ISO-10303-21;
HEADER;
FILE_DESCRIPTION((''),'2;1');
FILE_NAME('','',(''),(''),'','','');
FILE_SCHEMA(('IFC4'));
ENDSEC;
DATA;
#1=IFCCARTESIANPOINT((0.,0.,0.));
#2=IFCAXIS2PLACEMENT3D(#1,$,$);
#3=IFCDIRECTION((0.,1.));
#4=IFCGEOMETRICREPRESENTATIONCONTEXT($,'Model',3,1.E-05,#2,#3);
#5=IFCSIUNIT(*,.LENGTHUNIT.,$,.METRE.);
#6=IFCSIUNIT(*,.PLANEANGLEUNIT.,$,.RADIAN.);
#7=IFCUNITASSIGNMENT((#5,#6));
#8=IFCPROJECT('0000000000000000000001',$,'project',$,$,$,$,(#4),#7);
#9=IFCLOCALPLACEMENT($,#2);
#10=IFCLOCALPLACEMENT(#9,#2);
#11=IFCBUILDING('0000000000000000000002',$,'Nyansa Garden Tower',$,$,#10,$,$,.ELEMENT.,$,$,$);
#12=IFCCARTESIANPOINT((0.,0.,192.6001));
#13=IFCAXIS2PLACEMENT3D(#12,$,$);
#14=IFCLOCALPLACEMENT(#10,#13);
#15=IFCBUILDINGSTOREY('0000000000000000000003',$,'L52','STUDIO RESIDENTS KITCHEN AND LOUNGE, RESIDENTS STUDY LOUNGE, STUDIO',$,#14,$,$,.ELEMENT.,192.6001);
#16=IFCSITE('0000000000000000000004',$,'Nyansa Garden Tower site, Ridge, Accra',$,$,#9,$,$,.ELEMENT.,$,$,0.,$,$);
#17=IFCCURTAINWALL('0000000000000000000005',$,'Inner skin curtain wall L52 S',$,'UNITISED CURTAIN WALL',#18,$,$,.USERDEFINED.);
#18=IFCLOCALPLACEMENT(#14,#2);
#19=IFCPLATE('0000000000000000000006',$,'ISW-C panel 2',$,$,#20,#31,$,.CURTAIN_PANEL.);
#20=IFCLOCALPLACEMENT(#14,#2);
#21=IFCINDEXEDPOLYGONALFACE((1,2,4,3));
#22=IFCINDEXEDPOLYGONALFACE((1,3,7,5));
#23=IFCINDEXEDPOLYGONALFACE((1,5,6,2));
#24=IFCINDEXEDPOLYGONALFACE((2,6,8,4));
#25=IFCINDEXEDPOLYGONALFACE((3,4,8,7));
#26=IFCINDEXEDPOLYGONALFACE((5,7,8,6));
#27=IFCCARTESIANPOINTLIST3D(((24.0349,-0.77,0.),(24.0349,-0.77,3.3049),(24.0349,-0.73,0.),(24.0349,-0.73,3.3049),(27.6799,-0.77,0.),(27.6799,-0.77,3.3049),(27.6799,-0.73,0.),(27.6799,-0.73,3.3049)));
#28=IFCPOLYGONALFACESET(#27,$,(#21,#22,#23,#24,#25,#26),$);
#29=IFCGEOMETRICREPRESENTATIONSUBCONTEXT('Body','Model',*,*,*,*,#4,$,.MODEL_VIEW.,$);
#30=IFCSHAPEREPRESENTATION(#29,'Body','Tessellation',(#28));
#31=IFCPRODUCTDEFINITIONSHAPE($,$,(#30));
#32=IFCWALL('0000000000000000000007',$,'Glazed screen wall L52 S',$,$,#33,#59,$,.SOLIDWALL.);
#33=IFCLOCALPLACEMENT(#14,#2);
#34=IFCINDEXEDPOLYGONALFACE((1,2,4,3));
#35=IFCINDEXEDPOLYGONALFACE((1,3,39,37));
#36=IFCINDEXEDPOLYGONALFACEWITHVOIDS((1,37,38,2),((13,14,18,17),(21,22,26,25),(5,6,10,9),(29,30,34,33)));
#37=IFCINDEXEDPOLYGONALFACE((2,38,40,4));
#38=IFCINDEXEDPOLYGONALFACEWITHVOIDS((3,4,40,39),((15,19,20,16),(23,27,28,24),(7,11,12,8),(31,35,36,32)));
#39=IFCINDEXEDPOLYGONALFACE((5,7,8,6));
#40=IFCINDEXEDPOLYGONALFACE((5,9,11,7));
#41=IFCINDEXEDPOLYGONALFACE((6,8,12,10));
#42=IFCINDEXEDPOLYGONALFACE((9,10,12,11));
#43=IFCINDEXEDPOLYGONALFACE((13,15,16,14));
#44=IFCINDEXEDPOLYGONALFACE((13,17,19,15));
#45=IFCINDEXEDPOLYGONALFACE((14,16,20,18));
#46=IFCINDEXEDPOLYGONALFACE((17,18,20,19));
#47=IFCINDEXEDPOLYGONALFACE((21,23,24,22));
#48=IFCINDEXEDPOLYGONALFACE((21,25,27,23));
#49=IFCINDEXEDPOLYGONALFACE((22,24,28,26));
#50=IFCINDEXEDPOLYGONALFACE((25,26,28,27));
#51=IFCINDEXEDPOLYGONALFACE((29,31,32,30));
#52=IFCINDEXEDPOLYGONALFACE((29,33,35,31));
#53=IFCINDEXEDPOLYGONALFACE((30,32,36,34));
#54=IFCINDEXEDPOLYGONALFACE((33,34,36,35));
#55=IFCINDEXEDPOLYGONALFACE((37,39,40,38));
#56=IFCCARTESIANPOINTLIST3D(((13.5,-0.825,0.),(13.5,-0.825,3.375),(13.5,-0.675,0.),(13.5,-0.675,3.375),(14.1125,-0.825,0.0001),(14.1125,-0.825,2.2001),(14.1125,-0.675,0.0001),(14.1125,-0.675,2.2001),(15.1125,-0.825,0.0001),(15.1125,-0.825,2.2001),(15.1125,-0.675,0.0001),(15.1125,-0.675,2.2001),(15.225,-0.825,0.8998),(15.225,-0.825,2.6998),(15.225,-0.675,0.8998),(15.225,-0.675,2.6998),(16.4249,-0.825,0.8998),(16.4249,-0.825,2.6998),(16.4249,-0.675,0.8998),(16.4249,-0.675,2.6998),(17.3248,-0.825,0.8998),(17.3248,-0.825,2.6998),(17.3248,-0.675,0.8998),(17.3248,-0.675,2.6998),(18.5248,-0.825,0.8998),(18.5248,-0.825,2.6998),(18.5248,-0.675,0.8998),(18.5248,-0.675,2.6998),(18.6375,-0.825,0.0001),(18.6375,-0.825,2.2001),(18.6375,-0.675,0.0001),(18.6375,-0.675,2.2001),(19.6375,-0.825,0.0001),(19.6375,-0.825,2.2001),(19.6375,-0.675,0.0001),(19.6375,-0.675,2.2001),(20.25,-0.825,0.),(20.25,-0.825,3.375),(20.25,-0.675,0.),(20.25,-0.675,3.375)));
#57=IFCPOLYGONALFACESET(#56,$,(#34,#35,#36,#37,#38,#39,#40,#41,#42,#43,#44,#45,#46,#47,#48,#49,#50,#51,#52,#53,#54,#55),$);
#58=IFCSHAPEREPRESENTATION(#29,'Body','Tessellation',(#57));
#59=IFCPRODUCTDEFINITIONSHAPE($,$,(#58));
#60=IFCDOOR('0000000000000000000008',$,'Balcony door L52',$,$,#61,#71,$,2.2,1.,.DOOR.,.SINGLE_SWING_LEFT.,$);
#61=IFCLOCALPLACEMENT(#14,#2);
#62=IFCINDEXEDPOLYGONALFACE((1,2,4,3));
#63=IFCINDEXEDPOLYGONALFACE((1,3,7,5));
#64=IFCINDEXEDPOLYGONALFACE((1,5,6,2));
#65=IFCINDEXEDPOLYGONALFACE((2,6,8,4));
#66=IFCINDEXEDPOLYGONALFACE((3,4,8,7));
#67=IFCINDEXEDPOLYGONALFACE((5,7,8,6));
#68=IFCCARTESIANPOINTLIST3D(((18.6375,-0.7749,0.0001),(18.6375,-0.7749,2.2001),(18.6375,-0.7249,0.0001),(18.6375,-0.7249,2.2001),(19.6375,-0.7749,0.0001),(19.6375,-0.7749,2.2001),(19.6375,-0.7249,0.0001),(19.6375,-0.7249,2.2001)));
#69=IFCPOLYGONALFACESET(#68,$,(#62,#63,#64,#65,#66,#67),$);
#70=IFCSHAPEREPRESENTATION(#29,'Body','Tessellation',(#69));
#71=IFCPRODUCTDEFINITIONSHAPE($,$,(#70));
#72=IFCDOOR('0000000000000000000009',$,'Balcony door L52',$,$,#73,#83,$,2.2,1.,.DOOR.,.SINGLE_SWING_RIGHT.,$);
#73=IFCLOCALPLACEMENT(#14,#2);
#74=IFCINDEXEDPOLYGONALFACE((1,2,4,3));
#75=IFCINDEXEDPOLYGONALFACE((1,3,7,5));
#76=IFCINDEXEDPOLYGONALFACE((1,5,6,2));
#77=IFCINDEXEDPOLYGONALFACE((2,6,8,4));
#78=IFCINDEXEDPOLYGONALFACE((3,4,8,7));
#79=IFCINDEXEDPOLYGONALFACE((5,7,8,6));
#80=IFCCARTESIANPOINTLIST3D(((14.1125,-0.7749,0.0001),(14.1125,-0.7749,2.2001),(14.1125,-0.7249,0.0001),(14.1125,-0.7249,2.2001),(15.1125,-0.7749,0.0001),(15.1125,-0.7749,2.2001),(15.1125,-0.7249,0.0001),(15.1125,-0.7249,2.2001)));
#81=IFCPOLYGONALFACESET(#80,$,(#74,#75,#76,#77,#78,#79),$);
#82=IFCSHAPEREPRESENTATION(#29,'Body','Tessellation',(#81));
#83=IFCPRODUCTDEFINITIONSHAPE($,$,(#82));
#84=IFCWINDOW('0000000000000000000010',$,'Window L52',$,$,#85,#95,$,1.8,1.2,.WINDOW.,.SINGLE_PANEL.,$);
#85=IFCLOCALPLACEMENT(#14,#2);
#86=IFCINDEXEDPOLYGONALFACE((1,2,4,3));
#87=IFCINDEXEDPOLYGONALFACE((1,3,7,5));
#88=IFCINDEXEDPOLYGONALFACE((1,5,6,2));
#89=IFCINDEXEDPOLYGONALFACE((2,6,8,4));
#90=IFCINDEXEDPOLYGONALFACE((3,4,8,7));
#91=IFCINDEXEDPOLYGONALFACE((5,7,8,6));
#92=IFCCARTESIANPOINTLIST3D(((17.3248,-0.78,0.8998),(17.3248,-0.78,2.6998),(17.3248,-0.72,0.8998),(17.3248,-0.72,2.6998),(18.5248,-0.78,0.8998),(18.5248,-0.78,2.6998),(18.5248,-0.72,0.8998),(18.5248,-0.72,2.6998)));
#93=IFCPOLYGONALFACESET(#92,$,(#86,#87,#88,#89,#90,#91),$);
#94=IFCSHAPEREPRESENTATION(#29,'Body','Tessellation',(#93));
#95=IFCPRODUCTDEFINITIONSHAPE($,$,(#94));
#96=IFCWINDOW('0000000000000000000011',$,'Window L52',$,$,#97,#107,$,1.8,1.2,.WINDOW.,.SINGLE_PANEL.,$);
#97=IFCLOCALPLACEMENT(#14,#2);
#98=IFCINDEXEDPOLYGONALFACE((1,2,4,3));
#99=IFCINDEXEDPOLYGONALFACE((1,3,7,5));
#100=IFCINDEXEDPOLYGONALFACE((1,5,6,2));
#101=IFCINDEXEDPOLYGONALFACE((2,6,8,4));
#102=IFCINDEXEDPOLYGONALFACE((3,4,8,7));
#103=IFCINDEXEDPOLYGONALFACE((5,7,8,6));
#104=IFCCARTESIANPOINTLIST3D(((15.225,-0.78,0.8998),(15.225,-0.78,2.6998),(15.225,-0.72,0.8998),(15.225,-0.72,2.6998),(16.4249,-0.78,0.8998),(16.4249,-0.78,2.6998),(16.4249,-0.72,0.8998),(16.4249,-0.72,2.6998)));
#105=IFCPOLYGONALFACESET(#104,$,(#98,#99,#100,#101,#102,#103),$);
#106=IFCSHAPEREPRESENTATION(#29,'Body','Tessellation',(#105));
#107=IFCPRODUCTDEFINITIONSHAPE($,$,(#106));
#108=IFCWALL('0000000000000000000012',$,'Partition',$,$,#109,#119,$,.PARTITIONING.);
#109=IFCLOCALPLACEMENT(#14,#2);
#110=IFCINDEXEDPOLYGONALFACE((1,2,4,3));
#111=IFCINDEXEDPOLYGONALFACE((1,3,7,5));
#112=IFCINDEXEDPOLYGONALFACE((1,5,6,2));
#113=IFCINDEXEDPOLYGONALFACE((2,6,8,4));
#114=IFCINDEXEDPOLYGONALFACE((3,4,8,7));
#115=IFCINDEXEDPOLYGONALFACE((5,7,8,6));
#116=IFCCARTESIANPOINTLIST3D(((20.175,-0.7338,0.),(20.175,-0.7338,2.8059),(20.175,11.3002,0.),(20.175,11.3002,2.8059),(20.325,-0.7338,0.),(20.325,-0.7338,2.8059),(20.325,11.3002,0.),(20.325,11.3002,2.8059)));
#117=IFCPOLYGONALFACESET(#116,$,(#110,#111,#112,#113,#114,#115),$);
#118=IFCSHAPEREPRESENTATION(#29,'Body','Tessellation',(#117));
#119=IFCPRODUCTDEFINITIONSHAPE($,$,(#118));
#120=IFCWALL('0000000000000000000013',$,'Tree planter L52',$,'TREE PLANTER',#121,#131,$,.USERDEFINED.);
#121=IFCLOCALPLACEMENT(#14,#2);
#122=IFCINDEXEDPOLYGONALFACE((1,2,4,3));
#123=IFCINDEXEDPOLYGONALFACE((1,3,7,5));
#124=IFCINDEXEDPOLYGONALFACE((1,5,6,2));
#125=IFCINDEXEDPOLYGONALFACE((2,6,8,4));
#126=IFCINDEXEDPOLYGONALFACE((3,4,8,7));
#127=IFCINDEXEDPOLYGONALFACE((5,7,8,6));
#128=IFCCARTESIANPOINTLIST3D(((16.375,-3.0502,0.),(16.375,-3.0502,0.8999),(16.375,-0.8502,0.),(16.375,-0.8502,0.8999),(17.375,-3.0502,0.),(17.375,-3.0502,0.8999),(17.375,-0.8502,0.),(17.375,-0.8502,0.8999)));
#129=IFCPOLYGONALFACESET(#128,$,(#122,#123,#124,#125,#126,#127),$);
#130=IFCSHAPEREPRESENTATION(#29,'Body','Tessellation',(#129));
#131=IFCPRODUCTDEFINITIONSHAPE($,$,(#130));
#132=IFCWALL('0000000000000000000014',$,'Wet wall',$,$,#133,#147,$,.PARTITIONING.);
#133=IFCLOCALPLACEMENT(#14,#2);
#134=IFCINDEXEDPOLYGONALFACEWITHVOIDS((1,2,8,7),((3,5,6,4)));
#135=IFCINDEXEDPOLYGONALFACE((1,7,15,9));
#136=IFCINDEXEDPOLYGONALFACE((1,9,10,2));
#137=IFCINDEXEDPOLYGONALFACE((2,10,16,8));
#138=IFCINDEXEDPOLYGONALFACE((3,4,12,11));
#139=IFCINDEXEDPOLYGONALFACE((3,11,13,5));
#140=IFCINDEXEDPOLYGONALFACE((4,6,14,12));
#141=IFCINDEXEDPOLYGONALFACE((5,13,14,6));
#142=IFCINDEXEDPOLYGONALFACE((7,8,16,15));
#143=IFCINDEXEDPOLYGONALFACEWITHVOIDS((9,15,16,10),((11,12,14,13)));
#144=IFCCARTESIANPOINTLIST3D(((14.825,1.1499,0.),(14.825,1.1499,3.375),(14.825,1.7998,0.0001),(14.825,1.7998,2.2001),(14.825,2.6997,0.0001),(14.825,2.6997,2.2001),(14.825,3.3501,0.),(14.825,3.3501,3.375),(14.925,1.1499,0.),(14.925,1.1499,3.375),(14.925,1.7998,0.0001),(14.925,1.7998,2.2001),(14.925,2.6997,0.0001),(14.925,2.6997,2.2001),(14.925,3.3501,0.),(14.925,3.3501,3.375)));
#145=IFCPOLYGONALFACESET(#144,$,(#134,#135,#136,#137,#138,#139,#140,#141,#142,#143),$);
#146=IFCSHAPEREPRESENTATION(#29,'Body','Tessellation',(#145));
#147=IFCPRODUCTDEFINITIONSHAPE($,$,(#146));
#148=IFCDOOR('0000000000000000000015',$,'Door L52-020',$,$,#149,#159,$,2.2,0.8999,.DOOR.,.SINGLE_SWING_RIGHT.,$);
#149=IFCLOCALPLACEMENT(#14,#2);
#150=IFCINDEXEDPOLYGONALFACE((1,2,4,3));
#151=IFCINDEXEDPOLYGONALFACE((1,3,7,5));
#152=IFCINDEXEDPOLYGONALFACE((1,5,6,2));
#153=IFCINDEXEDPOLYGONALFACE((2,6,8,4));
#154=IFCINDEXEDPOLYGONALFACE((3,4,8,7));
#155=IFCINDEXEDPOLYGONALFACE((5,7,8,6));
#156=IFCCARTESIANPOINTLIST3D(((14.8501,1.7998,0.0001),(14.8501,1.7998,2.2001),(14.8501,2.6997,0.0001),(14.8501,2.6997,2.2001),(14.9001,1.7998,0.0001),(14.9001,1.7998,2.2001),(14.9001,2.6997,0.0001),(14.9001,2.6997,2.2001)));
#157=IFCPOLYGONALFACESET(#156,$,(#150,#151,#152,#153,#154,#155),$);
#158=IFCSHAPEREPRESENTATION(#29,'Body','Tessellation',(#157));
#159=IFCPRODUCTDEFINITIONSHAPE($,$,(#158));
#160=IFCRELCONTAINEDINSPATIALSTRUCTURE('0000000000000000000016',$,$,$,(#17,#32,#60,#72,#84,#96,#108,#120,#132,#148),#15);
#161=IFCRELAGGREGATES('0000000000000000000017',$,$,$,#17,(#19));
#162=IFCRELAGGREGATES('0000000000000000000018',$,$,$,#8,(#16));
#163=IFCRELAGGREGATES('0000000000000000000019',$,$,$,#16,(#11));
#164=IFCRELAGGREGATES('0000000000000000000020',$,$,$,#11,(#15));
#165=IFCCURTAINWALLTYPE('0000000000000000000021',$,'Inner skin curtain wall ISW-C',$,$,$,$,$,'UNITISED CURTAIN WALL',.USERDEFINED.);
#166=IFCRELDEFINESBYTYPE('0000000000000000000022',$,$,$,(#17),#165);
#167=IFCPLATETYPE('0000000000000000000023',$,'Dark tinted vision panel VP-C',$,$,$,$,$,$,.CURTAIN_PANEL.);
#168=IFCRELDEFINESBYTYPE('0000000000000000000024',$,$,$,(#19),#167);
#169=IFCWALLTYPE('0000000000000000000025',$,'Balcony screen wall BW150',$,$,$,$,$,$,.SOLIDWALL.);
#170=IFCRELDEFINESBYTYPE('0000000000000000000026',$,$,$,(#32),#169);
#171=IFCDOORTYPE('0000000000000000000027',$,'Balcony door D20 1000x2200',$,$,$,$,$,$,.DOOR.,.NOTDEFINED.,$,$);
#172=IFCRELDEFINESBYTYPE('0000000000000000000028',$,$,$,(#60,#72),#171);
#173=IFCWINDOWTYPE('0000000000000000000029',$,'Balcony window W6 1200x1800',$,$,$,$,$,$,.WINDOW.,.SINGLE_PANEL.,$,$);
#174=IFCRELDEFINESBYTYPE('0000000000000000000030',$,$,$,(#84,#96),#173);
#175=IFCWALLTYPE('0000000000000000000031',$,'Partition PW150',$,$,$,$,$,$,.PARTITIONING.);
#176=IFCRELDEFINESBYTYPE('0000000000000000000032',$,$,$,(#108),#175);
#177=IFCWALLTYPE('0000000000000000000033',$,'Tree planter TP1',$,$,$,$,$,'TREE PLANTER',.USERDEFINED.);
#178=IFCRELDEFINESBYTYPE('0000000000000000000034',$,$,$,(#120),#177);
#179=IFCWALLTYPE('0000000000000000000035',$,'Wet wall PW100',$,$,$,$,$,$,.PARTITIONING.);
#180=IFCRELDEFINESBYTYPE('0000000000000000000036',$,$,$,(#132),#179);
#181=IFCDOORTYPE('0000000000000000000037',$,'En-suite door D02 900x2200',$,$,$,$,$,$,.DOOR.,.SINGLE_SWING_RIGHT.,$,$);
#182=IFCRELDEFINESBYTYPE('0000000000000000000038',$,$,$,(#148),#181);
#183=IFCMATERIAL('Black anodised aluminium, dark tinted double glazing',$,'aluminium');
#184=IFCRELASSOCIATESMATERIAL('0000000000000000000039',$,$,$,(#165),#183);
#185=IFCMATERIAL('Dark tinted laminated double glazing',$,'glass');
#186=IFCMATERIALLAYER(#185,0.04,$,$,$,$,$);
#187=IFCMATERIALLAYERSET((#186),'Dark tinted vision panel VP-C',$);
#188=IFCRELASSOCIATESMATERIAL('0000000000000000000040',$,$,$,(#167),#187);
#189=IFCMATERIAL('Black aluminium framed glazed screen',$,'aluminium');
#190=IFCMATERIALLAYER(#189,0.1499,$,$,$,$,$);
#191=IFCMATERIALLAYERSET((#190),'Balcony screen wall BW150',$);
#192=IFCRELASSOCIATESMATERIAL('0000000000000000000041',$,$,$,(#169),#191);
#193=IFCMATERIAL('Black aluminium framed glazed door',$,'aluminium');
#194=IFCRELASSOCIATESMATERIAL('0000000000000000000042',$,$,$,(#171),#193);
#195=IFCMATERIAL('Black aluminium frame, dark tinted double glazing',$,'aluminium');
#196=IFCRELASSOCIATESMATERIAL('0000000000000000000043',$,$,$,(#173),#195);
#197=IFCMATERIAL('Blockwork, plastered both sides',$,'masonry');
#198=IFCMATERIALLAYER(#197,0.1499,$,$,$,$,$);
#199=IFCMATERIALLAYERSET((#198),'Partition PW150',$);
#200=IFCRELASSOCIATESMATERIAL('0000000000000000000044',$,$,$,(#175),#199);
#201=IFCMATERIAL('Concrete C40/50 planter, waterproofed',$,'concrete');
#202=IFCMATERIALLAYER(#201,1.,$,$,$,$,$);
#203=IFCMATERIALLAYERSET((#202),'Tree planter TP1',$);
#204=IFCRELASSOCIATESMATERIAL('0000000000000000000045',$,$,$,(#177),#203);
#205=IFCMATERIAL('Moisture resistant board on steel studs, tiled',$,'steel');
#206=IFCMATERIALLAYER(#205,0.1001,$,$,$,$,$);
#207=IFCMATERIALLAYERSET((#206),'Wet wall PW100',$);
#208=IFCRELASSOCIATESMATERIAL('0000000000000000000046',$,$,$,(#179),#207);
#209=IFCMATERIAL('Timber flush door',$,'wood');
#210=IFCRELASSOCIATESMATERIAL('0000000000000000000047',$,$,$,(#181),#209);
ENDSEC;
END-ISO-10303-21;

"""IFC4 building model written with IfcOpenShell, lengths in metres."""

from ifc_helpers import new_model, si_unit, direction, frame, frame_2d, origin, origin_2d, place, context, subcontext, project, spatial, rectangle, extrude, material, layer, layer_set, type_object, element, fill, aggregate, save


model = new_model("IFC4")

# Units and contexts
model_context = context("Model", 3, precision=1e-05, world=origin(), true_north=direction((0.0, 1.0)))
body_context = subcontext(model_context, "Body", "Model", "MODEL_VIEW")
ifc_project = project(units=[si_unit("LENGTHUNIT", "METRE"), si_unit("PLANEANGLEUNIT", "RADIAN")], contexts=[model_context])

# Site, building, storey
site_placement = place(None, origin())
site = spatial("IfcSite", under=ifc_project, at=site_placement, Name="Nyansa Garden Tower site, Ridge, Accra", CompositionType="ELEMENT", RefElevation=0.0)
building_placement = place(site_placement, origin())
building = spatial("IfcBuilding", under=site, at=building_placement, Name="Nyansa Garden Tower", CompositionType="ELEMENT")
storey_placement = place(building_placement, frame((0.0, 0.0, 192.6001)))
storey = spatial("IfcBuildingStorey", under=building, at=storey_placement, Name="L52", Description="STUDIO RESIDENTS KITCHEN AND LOUNGE, RESIDENTS STUDY LOUNGE, STUDIO", CompositionType="ELEMENT", Elevation=192.6001)

# Curtain wall
ifc_material_1 = material(Name="Black anodised aluminium, dark tinted double glazing", Category="aluminium")
curtain_wall_type = type_object("IfcCurtainWallType", Name="Inner skin curtain wall ISW-C", ElementType="UNITISED CURTAIN WALL", PredefinedType="USERDEFINED", material=ifc_material_1)
curtain_wall_placement = place(storey_placement, origin())
curtain_wall = element("IfcCurtainWall", 1, at=curtain_wall_placement, inside=storey, type_object=curtain_wall_type, Name="Inner skin curtain wall L52 S", ObjectType="UNITISED CURTAIN WALL", PredefinedType="USERDEFINED")

# Plate
ifc_material_2 = material(Name="Dark tinted laminated double glazing", Category="glass")
ifc_layer_1 = layer(ifc_material_2, 0.04)
ifc_layer_set_1 = layer_set([ifc_layer_1], Name="Dark tinted vision panel VP-C")
plate_type = type_object("IfcPlateType", Name="Dark tinted vision panel VP-C", PredefinedType="CURTAIN_PANEL", material=ifc_layer_set_1)
plate_1_placement = place(storey_placement, frame((25.8574, -0.75, 0.0), z_axis=(0.0, 0.0, 1.0), x_axis=(1.0, 0.0, 0.0)))
plate_1 = element("IfcPlate", 2, at=plate_1_placement, type_object=plate_type, Name="ISW-C panel 2", PredefinedType="CURTAIN_PANEL", context=body_context, shape_type="SweptSolid", body=[
    extrude(rectangle(XDim=3.645, YDim=0.04, at=origin_2d()), origin(), (0.0, 0.0, 1.0), 3.3049),
])
aggregate(curtain_wall, [plate_1])

# Wall, openings, doors, windows
ifc_material_3 = material(Name="Black aluminium framed glazed screen", Category="aluminium")
ifc_layer_2 = layer(ifc_material_3, 0.1499)
ifc_layer_set_2 = layer_set([ifc_layer_2], Name="Balcony screen wall BW150")
wall_type_1 = type_object("IfcWallType", Name="Balcony screen wall BW150", PredefinedType="SOLIDWALL", material=ifc_layer_set_2)
wall_1_placement = place(storey_placement, frame((20.25, -0.75, 0.0), z_axis=(0.0, 0.0, 1.0), x_axis=(-1.0, 0.0, 0.0)))
wall_1 = element("IfcWall", 3, at=wall_1_placement, inside=storey, type_object=wall_type_1, Name="Glazed screen wall L52 S", PredefinedType="SOLIDWALL", context=body_context, shape_type="SweptSolid", body=[
    extrude(rectangle(XDim=6.75, YDim=0.1499, at=frame_2d((3.375, 0.0))), origin(), (0.0, 0.0, 1.0), 3.375),
])
opening_1_placement = place(wall_1_placement, frame((0.6125, 0.0, 0.0)))
opening_1 = element("IfcOpeningElement", 4, at=opening_1_placement, cuts=wall_1, PredefinedType="OPENING", context=body_context, shape_type="SweptSolid", body=[
    extrude(rectangle(XDim=1.0, YDim=2.2, at=frame_2d((0.5, 1.1001))), frame((0.0, 0.085, 0.0), z_axis=(0.0, -1.0, 0.0), x_axis=(1.0, 0.0, 0.0)), (0.0, 0.0, 1.0), 0.1699),
])
opening_2_placement = place(wall_1_placement, frame((1.7251, 0.0, 0.8999)))
opening_2 = element("IfcOpeningElement", 5, at=opening_2_placement, cuts=wall_1, PredefinedType="OPENING", context=body_context, shape_type="SweptSolid", body=[
    extrude(rectangle(XDim=1.2, YDim=1.8, at=frame_2d((0.6001, 0.8999))), frame((0.0, 0.085, 0.0), z_axis=(0.0, -1.0, 0.0), x_axis=(1.0, 0.0, 0.0)), (0.0, 0.0, 1.0), 0.1699),
])
opening_3_placement = place(wall_1_placement, frame((5.1375, 0.0, 0.0)))
opening_3 = element("IfcOpeningElement", 6, at=opening_3_placement, cuts=wall_1, PredefinedType="OPENING", context=body_context, shape_type="SweptSolid", body=[
    extrude(rectangle(XDim=1.0, YDim=2.2, at=frame_2d((0.5, 1.1001))), frame((0.0, 0.085, 0.0), z_axis=(0.0, -1.0, 0.0), x_axis=(1.0, 0.0, 0.0)), (0.0, 0.0, 1.0), 0.1699),
])
opening_4_placement = place(wall_1_placement, frame((3.825, 0.0, 0.8999)))
opening_4 = element("IfcOpeningElement", 7, at=opening_4_placement, cuts=wall_1, PredefinedType="OPENING", context=body_context, shape_type="SweptSolid", body=[
    extrude(rectangle(XDim=1.2, YDim=1.8, at=frame_2d((0.6001, 0.8999))), frame((0.0, 0.085, 0.0), z_axis=(0.0, -1.0, 0.0), x_axis=(1.0, 0.0, 0.0)), (0.0, 0.0, 1.0), 0.1699),
])
ifc_material_4 = material(Name="Black aluminium framed glazed door", Category="aluminium")
door_type_1 = type_object("IfcDoorType", Name="Balcony door D20 1000x2200", OperationType="NOTDEFINED", PredefinedType="DOOR", material=ifc_material_4)
door_1_placement = place(opening_1_placement, origin())
door_1 = element("IfcDoor", 8, at=door_1_placement, inside=storey, type_object=door_type_1, Name="Balcony door L52", OperationType="SINGLE_SWING_LEFT", OverallHeight=2.2, OverallWidth=1.0, PredefinedType="DOOR", context=body_context, shape_type="SweptSolid", body=[
    extrude(rectangle(XDim=1.0, YDim=2.2, at=frame_2d((0.5, 1.1001))), frame((0.0, 0.0249, 0.0), z_axis=(0.0, -1.0, 0.0), x_axis=(1.0, 0.0, 0.0)), (0.0, 0.0, 1.0), 0.05),
])
fill(opening_1, door_1)
door_2_placement = place(opening_3_placement, origin())
door_2 = element("IfcDoor", 9, at=door_2_placement, inside=storey, type_object=door_type_1, Name="Balcony door L52", OperationType="SINGLE_SWING_RIGHT", OverallHeight=2.2, OverallWidth=1.0, PredefinedType="DOOR", context=body_context, shape_type="SweptSolid", body=[
    extrude(rectangle(XDim=1.0, YDim=2.2, at=frame_2d((0.5, 1.1001))), frame((0.0, 0.0249, 0.0), z_axis=(0.0, -1.0, 0.0), x_axis=(1.0, 0.0, 0.0)), (0.0, 0.0, 1.0), 0.05),
])
fill(opening_3, door_2)
ifc_material_5 = material(Name="Black aluminium frame, dark tinted double glazing", Category="aluminium")
window_type = type_object("IfcWindowType", Name="Balcony window W6 1200x1800", PartitioningType="SINGLE_PANEL", PredefinedType="WINDOW", material=ifc_material_5)
window_1_placement = place(opening_2_placement, origin())
window_1 = element("IfcWindow", 10, at=window_1_placement, inside=storey, type_object=window_type, Name="Window L52", OverallHeight=1.8, OverallWidth=1.2, PartitioningType="SINGLE_PANEL", PredefinedType="WINDOW", context=body_context, shape_type="SweptSolid", body=[
    extrude(rectangle(XDim=1.2, YDim=1.8, at=frame_2d((0.6001, 0.8999))), frame((0.0, 0.03, 0.0), z_axis=(0.0, -1.0, 0.0), x_axis=(1.0, 0.0, 0.0)), (0.0, 0.0, 1.0), 0.0601),
])
fill(opening_2, window_1)
window_2_placement = place(opening_4_placement, origin())
window_2 = element("IfcWindow", 11, at=window_2_placement, inside=storey, type_object=window_type, Name="Window L52", OverallHeight=1.8, OverallWidth=1.2, PartitioningType="SINGLE_PANEL", PredefinedType="WINDOW", context=body_context, shape_type="SweptSolid", body=[
    extrude(rectangle(XDim=1.2, YDim=1.8, at=frame_2d((0.6001, 0.8999))), frame((0.0, 0.03, 0.0), z_axis=(0.0, -1.0, 0.0), x_axis=(1.0, 0.0, 0.0)), (0.0, 0.0, 1.0), 0.0601),
])
fill(opening_4, window_2)

# Walls
ifc_material_6 = material(Name="Blockwork, plastered both sides", Category="masonry")
ifc_layer_3 = layer(ifc_material_6, 0.1499)
ifc_layer_set_3 = layer_set([ifc_layer_3], Name="Partition PW150")
wall_type_2 = type_object("IfcWallType", Name="Partition PW150", PredefinedType="PARTITIONING", material=ifc_layer_set_3)
wall_2_placement = place(storey_placement, frame((20.25, -0.7339, 0.0), z_axis=(0.0, 0.0, 1.0), x_axis=(0.0, 1.0, 0.0)))
element("IfcWall", 12, at=wall_2_placement, inside=storey, type_object=wall_type_2, Name="Partition", PredefinedType="PARTITIONING", context=body_context, shape_type="SweptSolid", body=[
    extrude(rectangle(XDim=12.0339, YDim=0.1499, at=frame_2d((6.0171, 0.0))), origin(), (0.0, 0.0, 1.0), 2.8059),
])
ifc_material_7 = material(Name="Concrete C40/50 planter, waterproofed", Category="concrete")
ifc_layer_4 = layer(ifc_material_7, 1.0)
ifc_layer_set_4 = layer_set([ifc_layer_4], Name="Tree planter TP1")
wall_type_3 = type_object("IfcWallType", Name="Tree planter TP1", ElementType="TREE PLANTER", PredefinedType="USERDEFINED", material=ifc_layer_set_4)
wall_3_placement = place(storey_placement, frame((16.875, -0.8501, 0.0), z_axis=(0.0, 0.0, 1.0), x_axis=(0.0, -1.0, 0.0)))
element("IfcWall", 13, at=wall_3_placement, inside=storey, type_object=wall_type_3, Name="Tree planter L52", ObjectType="TREE PLANTER", PredefinedType="USERDEFINED", context=body_context, shape_type="SweptSolid", body=[
    extrude(rectangle(XDim=2.2, YDim=1.0, at=frame_2d((1.1001, 0.0))), origin(), (0.0, 0.0, 1.0), 0.8999),
])

# Wall, opening, door
ifc_material_8 = material(Name="Moisture resistant board on steel studs, tiled", Category="steel")
ifc_layer_5 = layer(ifc_material_8, 0.1001)
ifc_layer_set_5 = layer_set([ifc_layer_5], Name="Wet wall PW100")
wall_type_4 = type_object("IfcWallType", Name="Wet wall PW100", PredefinedType="PARTITIONING", material=ifc_layer_set_5)
wall_4_placement = place(storey_placement, frame((14.875, 1.1499, 0.0), z_axis=(0.0, 0.0, 1.0), x_axis=(0.0, 1.0, 0.0)))
wall_4 = element("IfcWall", 14, at=wall_4_placement, inside=storey, type_object=wall_type_4, Name="Wet wall", PredefinedType="PARTITIONING", context=body_context, shape_type="SweptSolid", body=[
    extrude(rectangle(XDim=2.2002, YDim=0.1001, at=frame_2d((1.1001, 0.0))), origin(), (0.0, 0.0, 1.0), 3.375),
])
opening_5_placement = place(wall_4_placement, frame((0.6499, 0.0, 0.0)))
opening_5 = element("IfcOpeningElement", 15, at=opening_5_placement, cuts=wall_4, PredefinedType="OPENING", context=body_context, shape_type="SweptSolid", body=[
    extrude(rectangle(XDim=0.8999, YDim=2.2, at=frame_2d((0.45, 1.1001))), frame((0.0, 0.0601, 0.0), z_axis=(0.0, -1.0, 0.0), x_axis=(1.0, 0.0, 0.0)), (0.0, 0.0, 1.0), 0.1201),
])
ifc_material_9 = material(Name="Timber flush door", Category="wood")
door_type_2 = type_object("IfcDoorType", Name="En-suite door D02 900x2200", OperationType="SINGLE_SWING_RIGHT", PredefinedType="DOOR", material=ifc_material_9)
door_3_placement = place(opening_5_placement, origin())
door_3 = element("IfcDoor", 16, at=door_3_placement, inside=storey, type_object=door_type_2, Name="Door L52-020", OperationType="SINGLE_SWING_RIGHT", OverallHeight=2.2, OverallWidth=0.8999, PredefinedType="DOOR", context=body_context, shape_type="SweptSolid", body=[
    extrude(rectangle(XDim=0.8999, YDim=2.2, at=frame_2d((0.45, 1.1001))), frame((0.0, 0.0249, 0.0), z_axis=(0.0, -1.0, 0.0), x_axis=(1.0, 0.0, 0.0)), (0.0, 0.0, 1.0), 0.05),
])
fill(opening_5, door_3)

save(model, "model.ifc")
